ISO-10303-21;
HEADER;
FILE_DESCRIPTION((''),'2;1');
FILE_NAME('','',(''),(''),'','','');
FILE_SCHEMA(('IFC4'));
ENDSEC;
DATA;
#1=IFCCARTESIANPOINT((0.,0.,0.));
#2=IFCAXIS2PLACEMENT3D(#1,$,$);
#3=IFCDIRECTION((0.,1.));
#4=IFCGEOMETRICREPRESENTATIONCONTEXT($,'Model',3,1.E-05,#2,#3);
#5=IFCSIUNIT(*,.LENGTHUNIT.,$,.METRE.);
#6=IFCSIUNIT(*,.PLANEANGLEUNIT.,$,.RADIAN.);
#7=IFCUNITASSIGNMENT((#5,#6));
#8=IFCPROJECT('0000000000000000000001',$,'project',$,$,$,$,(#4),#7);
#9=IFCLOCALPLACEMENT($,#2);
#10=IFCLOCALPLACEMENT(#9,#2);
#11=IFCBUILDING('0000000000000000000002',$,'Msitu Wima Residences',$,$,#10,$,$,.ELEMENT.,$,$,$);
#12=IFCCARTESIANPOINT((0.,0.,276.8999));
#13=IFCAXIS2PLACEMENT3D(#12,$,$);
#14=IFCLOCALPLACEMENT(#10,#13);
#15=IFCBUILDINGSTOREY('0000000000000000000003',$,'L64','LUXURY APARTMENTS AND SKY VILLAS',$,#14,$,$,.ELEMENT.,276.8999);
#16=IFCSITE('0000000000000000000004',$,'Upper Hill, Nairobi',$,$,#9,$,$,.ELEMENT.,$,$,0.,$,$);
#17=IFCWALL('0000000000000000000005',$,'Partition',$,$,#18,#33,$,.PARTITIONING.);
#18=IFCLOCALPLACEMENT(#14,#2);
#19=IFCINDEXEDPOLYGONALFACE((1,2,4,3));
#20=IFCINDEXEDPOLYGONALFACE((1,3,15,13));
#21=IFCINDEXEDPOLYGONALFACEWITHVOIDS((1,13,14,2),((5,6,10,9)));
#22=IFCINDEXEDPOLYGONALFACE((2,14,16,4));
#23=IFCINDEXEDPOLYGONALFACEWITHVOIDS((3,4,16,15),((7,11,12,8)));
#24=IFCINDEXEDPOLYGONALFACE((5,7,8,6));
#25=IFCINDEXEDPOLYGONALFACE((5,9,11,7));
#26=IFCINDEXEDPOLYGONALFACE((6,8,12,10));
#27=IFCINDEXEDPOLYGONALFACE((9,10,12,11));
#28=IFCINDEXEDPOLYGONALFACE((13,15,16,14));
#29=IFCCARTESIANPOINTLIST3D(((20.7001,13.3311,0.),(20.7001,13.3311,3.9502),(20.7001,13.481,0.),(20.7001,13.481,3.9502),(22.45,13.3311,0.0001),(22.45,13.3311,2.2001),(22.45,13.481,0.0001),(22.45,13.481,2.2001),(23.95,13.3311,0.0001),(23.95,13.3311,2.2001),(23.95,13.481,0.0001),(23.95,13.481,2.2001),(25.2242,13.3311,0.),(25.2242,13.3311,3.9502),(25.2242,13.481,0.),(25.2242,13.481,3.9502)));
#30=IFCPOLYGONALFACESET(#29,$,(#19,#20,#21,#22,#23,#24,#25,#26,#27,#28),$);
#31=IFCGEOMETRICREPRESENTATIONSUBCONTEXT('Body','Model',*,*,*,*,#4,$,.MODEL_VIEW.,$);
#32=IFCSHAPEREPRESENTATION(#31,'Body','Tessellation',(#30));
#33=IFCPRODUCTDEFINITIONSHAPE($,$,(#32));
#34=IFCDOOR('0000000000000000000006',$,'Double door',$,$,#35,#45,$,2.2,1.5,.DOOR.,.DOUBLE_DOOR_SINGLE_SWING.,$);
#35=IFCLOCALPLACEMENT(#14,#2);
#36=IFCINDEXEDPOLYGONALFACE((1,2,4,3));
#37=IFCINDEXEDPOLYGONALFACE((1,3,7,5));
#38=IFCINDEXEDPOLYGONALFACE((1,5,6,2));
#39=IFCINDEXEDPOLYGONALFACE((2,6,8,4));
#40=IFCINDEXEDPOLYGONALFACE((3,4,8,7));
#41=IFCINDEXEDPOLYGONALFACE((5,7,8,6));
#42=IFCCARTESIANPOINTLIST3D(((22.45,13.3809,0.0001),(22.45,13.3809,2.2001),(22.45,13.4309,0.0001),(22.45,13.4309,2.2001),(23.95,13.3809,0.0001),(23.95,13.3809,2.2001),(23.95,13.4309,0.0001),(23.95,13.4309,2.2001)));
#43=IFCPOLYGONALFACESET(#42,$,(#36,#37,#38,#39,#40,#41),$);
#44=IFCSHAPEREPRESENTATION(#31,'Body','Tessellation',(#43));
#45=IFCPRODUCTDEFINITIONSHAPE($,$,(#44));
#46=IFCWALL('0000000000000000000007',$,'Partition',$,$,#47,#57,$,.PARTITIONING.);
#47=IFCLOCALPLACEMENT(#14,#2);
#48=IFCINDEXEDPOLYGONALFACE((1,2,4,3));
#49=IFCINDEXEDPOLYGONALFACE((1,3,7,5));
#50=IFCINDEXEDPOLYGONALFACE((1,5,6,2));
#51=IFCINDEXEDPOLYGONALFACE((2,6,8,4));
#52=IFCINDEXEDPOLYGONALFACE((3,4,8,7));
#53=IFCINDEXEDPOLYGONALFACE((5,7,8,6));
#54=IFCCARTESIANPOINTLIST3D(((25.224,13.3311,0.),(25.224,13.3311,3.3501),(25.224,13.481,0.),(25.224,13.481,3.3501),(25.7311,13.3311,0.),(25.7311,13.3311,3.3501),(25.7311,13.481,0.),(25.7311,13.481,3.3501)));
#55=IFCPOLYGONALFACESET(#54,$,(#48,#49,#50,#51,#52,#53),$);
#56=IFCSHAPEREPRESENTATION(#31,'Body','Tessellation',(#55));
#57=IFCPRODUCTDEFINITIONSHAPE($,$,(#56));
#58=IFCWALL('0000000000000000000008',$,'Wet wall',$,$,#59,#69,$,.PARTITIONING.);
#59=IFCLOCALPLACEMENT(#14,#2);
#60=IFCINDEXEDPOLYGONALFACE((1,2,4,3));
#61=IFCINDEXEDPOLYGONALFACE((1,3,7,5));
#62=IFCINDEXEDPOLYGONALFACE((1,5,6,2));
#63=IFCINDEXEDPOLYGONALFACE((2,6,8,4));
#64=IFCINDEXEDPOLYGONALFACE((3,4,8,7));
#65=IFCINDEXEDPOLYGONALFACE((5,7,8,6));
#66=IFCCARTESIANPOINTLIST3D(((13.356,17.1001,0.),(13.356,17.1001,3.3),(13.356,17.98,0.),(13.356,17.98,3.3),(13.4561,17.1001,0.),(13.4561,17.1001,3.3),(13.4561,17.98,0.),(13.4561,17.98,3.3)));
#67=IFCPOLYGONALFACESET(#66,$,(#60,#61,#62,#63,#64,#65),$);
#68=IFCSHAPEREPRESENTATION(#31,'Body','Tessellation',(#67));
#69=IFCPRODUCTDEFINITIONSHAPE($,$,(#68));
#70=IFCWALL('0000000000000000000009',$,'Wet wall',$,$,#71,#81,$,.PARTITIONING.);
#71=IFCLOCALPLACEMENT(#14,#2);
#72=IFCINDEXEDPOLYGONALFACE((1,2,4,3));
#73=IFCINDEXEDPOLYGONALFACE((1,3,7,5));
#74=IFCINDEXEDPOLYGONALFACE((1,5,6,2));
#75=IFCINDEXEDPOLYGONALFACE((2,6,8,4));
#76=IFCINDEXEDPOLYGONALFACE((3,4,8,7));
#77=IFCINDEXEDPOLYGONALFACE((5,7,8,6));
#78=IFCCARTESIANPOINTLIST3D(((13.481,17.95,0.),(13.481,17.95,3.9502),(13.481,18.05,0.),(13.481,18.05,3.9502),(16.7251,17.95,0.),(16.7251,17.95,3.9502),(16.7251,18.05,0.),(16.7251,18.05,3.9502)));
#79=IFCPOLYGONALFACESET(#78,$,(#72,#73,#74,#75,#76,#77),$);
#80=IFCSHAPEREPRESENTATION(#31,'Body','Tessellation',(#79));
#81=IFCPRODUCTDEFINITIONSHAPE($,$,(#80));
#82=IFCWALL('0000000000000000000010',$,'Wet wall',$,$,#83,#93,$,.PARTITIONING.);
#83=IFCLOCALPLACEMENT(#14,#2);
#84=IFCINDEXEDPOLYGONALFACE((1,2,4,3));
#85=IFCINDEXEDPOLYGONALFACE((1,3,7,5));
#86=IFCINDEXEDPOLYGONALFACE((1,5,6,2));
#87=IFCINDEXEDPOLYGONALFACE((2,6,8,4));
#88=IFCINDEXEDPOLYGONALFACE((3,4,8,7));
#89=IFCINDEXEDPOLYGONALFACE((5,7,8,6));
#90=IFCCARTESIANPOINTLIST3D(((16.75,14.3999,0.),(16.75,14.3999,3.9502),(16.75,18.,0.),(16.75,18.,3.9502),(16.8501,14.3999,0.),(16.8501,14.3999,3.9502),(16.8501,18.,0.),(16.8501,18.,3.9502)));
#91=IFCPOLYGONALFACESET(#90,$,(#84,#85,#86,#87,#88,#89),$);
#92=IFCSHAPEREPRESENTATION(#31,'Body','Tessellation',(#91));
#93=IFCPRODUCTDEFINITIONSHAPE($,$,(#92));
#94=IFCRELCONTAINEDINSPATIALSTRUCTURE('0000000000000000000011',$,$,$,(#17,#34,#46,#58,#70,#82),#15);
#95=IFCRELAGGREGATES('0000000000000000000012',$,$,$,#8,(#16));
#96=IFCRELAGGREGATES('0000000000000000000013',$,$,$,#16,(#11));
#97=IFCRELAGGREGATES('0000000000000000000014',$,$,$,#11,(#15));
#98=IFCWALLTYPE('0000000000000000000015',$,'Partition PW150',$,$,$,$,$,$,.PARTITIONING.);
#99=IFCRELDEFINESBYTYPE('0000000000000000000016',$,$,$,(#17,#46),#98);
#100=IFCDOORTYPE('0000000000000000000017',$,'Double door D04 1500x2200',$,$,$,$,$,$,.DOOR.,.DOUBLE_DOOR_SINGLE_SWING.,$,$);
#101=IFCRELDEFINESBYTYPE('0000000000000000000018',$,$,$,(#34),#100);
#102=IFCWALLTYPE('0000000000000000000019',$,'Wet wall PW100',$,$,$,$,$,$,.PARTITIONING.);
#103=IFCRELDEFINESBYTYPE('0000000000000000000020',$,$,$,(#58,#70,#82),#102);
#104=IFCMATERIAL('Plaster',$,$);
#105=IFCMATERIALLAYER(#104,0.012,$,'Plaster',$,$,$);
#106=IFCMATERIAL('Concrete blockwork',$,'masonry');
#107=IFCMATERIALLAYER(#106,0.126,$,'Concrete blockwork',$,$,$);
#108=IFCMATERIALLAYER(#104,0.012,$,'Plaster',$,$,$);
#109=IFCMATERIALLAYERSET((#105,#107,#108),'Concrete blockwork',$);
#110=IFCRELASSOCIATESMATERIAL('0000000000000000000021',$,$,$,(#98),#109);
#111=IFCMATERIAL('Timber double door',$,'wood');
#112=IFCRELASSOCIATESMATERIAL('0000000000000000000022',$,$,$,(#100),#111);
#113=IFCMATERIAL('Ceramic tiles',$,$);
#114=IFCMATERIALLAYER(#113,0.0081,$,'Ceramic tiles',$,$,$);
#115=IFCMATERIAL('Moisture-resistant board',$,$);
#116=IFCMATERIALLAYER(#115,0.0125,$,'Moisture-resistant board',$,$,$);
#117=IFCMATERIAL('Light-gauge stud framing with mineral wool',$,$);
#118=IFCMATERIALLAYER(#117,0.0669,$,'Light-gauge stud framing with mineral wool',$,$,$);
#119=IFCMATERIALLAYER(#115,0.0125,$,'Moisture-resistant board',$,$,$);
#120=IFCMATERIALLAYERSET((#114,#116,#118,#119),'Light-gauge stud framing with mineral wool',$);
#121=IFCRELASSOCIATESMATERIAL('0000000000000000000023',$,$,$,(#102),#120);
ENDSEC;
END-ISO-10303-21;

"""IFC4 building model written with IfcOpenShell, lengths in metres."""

from ifc_helpers import new_model, si_unit, direction, frame, frame_2d, origin, place, context, subcontext, project, spatial, rectangle, extrude, material, layer, layer_set, type_object, element, fill, save


model = new_model("IFC4")

# Units and contexts
model_context = context("Model", 3, precision=1e-05, world=origin(), true_north=direction((0.0, 1.0)))
body_context = subcontext(model_context, "Body", "Model", "MODEL_VIEW")
ifc_project = project(units=[si_unit("LENGTHUNIT", "METRE"), si_unit("PLANEANGLEUNIT", "RADIAN")], contexts=[model_context])

# Site, building, storey
site_placement = place(None, origin())
site = spatial("IfcSite", under=ifc_project, at=site_placement, Name="Upper Hill, Nairobi", CompositionType="ELEMENT", RefElevation=0.0)
building_placement = place(site_placement, origin())
building = spatial("IfcBuilding", under=site, at=building_placement, Name="Msitu Wima Residences", CompositionType="ELEMENT")
storey_placement = place(building_placement, frame((0.0, 0.0, 276.8999)))
storey = spatial("IfcBuildingStorey", under=building, at=storey_placement, Name="L64", Description="LUXURY APARTMENTS AND SKY VILLAS", CompositionType="ELEMENT", Elevation=276.8999)

# Shared definitions
ifc_material_1 = material(Name="Plaster")
ifc_material_2 = material(Name="Concrete blockwork", Category="masonry")

# Shared definitions
ifc_layer_1 = layer(ifc_material_1, 0.012, Name="Plaster")
ifc_layer_2 = layer(ifc_material_2, 0.126, Name="Concrete blockwork")
ifc_layer_3 = layer(ifc_material_1, 0.012, Name="Plaster")
ifc_layer_set_1 = layer_set([ifc_layer_1, ifc_layer_2, ifc_layer_3], Name="Concrete blockwork")
wall_type_1 = type_object("IfcWallType", Name="Partition PW150", PredefinedType="PARTITIONING", material=ifc_layer_set_1)
ifc_material_3 = material(Name="Timber double door", Category="wood")
door_type_1 = type_object("IfcDoorType", Name="Double door D04 1500x2200", OperationType="DOUBLE_DOOR_SINGLE_SWING", PredefinedType="DOOR", material=ifc_material_3)

# Wall, opening, door
wall_1_placement = place(storey_placement, frame((20.7, 13.406, 0.0), z_axis=(0.0, 0.0, 1.0), x_axis=(1.0, 0.0, 0.0)))
wall_1 = element("IfcWall", 1, at=wall_1_placement, inside=storey, type_object=wall_type_1, Name="Partition", PredefinedType="PARTITIONING", context=body_context, shape_type="SweptSolid", body=[
    extrude(rectangle(XDim=4.5242, YDim=0.1499, at=frame_2d((2.2622, 0.0))), origin(), (0.0, 0.0, 1.0), 3.9502),
])
opening_1_placement = place(wall_1_placement, frame((1.75, 0.0, 0.0)))
opening_1 = element("IfcOpeningElement", 2, at=opening_1_placement, cuts=wall_1, PredefinedType="OPENING", context=body_context, shape_type="SweptSolid", body=[
    extrude(rectangle(XDim=1.5, YDim=2.2, at=frame_2d((0.75, 1.1001))), frame((0.0, 0.085, 0.0), z_axis=(0.0, -1.0, 0.0), x_axis=(1.0, 0.0, 0.0)), (0.0, 0.0, 1.0), 0.1699),
])
door_1_placement = place(opening_1_placement, origin())
door_1 = element("IfcDoor", 3, at=door_1_placement, inside=storey, type_object=door_type_1, Name="Double door", OperationType="DOUBLE_DOOR_SINGLE_SWING", OverallHeight=2.2, OverallWidth=1.5, PredefinedType="DOOR", context=body_context, shape_type="SweptSolid", body=[
    extrude(rectangle(XDim=1.5, YDim=2.2, at=frame_2d((0.75, 1.1001))), frame((0.0, 0.0249, 0.0), z_axis=(0.0, -1.0, 0.0), x_axis=(1.0, 0.0, 0.0)), (0.0, 0.0, 1.0), 0.05),
])
fill(opening_1, door_1)

# Walls
wall_2_placement = place(storey_placement, frame((25.2241, 13.406, 0.0), z_axis=(0.0, 0.0, 1.0), x_axis=(1.0, 0.0, 0.0)))
element("IfcWall", 4, at=wall_2_placement, inside=storey, type_object=wall_type_1, Name="Partition", PredefinedType="PARTITIONING", context=body_context, shape_type="SweptSolid", body=[
    extrude(rectangle(XDim=0.5071, YDim=0.1499, at=frame_2d((0.2534, 0.0))), origin(), (0.0, 0.0, 1.0), 3.3501),
])
ifc_material_4 = material(Name="Ceramic tiles")
ifc_layer_4 = layer(ifc_material_4, 0.0081, Name="Ceramic tiles")
ifc_material_5 = material(Name="Moisture-resistant board")
ifc_layer_5 = layer(ifc_material_5, 0.0125, Name="Moisture-resistant board")
ifc_material_6 = material(Name="Light-gauge stud framing with mineral wool")
ifc_layer_6 = layer(ifc_material_6, 0.0669, Name="Light-gauge stud framing with mineral wool")
ifc_layer_7 = layer(ifc_material_5, 0.0125, Name="Moisture-resistant board")
ifc_layer_set_2 = layer_set([ifc_layer_4, ifc_layer_5, ifc_layer_6, ifc_layer_7], Name="Light-gauge stud framing with mineral wool")
wall_type_2 = type_object("IfcWallType", Name="Wet wall PW100", PredefinedType="PARTITIONING", material=ifc_layer_set_2)
wall_3_placement = place(storey_placement, frame((13.406, 17.1001, 0.0), z_axis=(0.0, 0.0, 1.0), x_axis=(0.0, 1.0, 0.0)))
element("IfcWall", 5, at=wall_3_placement, inside=storey, type_object=wall_type_2, Name="Wet wall", PredefinedType="PARTITIONING", context=body_context, shape_type="SweptSolid", body=[
    extrude(rectangle(XDim=0.8799, YDim=0.1001, at=frame_2d((0.4399, 0.0))), origin(), (0.0, 0.0, 1.0), 3.3),
])
wall_4_placement = place(storey_placement, frame((13.481, 18.0, 0.0), z_axis=(0.0, 0.0, 1.0), x_axis=(1.0, 0.0, 0.0)))
element("IfcWall", 6, at=wall_4_placement, inside=storey, type_object=wall_type_2, Name="Wet wall", PredefinedType="PARTITIONING", context=body_context, shape_type="SweptSolid", body=[
    extrude(rectangle(XDim=3.2441, YDim=0.1001, at=frame_2d((1.6221, 0.0))), origin(), (0.0, 0.0, 1.0), 3.9502),
])
wall_5_placement = place(storey_placement, frame((16.8, 14.3999, 0.0), z_axis=(0.0, 0.0, 1.0), x_axis=(0.0, 1.0, 0.0)))
element("IfcWall", 7, at=wall_5_placement, inside=storey, type_object=wall_type_2, Name="Wet wall", PredefinedType="PARTITIONING", context=body_context, shape_type="SweptSolid", body=[
    extrude(rectangle(XDim=3.6001, YDim=0.1001, at=frame_2d((1.8, 0.0))), origin(), (0.0, 0.0, 1.0), 3.9502),
])

save(model, "model.ifc")
